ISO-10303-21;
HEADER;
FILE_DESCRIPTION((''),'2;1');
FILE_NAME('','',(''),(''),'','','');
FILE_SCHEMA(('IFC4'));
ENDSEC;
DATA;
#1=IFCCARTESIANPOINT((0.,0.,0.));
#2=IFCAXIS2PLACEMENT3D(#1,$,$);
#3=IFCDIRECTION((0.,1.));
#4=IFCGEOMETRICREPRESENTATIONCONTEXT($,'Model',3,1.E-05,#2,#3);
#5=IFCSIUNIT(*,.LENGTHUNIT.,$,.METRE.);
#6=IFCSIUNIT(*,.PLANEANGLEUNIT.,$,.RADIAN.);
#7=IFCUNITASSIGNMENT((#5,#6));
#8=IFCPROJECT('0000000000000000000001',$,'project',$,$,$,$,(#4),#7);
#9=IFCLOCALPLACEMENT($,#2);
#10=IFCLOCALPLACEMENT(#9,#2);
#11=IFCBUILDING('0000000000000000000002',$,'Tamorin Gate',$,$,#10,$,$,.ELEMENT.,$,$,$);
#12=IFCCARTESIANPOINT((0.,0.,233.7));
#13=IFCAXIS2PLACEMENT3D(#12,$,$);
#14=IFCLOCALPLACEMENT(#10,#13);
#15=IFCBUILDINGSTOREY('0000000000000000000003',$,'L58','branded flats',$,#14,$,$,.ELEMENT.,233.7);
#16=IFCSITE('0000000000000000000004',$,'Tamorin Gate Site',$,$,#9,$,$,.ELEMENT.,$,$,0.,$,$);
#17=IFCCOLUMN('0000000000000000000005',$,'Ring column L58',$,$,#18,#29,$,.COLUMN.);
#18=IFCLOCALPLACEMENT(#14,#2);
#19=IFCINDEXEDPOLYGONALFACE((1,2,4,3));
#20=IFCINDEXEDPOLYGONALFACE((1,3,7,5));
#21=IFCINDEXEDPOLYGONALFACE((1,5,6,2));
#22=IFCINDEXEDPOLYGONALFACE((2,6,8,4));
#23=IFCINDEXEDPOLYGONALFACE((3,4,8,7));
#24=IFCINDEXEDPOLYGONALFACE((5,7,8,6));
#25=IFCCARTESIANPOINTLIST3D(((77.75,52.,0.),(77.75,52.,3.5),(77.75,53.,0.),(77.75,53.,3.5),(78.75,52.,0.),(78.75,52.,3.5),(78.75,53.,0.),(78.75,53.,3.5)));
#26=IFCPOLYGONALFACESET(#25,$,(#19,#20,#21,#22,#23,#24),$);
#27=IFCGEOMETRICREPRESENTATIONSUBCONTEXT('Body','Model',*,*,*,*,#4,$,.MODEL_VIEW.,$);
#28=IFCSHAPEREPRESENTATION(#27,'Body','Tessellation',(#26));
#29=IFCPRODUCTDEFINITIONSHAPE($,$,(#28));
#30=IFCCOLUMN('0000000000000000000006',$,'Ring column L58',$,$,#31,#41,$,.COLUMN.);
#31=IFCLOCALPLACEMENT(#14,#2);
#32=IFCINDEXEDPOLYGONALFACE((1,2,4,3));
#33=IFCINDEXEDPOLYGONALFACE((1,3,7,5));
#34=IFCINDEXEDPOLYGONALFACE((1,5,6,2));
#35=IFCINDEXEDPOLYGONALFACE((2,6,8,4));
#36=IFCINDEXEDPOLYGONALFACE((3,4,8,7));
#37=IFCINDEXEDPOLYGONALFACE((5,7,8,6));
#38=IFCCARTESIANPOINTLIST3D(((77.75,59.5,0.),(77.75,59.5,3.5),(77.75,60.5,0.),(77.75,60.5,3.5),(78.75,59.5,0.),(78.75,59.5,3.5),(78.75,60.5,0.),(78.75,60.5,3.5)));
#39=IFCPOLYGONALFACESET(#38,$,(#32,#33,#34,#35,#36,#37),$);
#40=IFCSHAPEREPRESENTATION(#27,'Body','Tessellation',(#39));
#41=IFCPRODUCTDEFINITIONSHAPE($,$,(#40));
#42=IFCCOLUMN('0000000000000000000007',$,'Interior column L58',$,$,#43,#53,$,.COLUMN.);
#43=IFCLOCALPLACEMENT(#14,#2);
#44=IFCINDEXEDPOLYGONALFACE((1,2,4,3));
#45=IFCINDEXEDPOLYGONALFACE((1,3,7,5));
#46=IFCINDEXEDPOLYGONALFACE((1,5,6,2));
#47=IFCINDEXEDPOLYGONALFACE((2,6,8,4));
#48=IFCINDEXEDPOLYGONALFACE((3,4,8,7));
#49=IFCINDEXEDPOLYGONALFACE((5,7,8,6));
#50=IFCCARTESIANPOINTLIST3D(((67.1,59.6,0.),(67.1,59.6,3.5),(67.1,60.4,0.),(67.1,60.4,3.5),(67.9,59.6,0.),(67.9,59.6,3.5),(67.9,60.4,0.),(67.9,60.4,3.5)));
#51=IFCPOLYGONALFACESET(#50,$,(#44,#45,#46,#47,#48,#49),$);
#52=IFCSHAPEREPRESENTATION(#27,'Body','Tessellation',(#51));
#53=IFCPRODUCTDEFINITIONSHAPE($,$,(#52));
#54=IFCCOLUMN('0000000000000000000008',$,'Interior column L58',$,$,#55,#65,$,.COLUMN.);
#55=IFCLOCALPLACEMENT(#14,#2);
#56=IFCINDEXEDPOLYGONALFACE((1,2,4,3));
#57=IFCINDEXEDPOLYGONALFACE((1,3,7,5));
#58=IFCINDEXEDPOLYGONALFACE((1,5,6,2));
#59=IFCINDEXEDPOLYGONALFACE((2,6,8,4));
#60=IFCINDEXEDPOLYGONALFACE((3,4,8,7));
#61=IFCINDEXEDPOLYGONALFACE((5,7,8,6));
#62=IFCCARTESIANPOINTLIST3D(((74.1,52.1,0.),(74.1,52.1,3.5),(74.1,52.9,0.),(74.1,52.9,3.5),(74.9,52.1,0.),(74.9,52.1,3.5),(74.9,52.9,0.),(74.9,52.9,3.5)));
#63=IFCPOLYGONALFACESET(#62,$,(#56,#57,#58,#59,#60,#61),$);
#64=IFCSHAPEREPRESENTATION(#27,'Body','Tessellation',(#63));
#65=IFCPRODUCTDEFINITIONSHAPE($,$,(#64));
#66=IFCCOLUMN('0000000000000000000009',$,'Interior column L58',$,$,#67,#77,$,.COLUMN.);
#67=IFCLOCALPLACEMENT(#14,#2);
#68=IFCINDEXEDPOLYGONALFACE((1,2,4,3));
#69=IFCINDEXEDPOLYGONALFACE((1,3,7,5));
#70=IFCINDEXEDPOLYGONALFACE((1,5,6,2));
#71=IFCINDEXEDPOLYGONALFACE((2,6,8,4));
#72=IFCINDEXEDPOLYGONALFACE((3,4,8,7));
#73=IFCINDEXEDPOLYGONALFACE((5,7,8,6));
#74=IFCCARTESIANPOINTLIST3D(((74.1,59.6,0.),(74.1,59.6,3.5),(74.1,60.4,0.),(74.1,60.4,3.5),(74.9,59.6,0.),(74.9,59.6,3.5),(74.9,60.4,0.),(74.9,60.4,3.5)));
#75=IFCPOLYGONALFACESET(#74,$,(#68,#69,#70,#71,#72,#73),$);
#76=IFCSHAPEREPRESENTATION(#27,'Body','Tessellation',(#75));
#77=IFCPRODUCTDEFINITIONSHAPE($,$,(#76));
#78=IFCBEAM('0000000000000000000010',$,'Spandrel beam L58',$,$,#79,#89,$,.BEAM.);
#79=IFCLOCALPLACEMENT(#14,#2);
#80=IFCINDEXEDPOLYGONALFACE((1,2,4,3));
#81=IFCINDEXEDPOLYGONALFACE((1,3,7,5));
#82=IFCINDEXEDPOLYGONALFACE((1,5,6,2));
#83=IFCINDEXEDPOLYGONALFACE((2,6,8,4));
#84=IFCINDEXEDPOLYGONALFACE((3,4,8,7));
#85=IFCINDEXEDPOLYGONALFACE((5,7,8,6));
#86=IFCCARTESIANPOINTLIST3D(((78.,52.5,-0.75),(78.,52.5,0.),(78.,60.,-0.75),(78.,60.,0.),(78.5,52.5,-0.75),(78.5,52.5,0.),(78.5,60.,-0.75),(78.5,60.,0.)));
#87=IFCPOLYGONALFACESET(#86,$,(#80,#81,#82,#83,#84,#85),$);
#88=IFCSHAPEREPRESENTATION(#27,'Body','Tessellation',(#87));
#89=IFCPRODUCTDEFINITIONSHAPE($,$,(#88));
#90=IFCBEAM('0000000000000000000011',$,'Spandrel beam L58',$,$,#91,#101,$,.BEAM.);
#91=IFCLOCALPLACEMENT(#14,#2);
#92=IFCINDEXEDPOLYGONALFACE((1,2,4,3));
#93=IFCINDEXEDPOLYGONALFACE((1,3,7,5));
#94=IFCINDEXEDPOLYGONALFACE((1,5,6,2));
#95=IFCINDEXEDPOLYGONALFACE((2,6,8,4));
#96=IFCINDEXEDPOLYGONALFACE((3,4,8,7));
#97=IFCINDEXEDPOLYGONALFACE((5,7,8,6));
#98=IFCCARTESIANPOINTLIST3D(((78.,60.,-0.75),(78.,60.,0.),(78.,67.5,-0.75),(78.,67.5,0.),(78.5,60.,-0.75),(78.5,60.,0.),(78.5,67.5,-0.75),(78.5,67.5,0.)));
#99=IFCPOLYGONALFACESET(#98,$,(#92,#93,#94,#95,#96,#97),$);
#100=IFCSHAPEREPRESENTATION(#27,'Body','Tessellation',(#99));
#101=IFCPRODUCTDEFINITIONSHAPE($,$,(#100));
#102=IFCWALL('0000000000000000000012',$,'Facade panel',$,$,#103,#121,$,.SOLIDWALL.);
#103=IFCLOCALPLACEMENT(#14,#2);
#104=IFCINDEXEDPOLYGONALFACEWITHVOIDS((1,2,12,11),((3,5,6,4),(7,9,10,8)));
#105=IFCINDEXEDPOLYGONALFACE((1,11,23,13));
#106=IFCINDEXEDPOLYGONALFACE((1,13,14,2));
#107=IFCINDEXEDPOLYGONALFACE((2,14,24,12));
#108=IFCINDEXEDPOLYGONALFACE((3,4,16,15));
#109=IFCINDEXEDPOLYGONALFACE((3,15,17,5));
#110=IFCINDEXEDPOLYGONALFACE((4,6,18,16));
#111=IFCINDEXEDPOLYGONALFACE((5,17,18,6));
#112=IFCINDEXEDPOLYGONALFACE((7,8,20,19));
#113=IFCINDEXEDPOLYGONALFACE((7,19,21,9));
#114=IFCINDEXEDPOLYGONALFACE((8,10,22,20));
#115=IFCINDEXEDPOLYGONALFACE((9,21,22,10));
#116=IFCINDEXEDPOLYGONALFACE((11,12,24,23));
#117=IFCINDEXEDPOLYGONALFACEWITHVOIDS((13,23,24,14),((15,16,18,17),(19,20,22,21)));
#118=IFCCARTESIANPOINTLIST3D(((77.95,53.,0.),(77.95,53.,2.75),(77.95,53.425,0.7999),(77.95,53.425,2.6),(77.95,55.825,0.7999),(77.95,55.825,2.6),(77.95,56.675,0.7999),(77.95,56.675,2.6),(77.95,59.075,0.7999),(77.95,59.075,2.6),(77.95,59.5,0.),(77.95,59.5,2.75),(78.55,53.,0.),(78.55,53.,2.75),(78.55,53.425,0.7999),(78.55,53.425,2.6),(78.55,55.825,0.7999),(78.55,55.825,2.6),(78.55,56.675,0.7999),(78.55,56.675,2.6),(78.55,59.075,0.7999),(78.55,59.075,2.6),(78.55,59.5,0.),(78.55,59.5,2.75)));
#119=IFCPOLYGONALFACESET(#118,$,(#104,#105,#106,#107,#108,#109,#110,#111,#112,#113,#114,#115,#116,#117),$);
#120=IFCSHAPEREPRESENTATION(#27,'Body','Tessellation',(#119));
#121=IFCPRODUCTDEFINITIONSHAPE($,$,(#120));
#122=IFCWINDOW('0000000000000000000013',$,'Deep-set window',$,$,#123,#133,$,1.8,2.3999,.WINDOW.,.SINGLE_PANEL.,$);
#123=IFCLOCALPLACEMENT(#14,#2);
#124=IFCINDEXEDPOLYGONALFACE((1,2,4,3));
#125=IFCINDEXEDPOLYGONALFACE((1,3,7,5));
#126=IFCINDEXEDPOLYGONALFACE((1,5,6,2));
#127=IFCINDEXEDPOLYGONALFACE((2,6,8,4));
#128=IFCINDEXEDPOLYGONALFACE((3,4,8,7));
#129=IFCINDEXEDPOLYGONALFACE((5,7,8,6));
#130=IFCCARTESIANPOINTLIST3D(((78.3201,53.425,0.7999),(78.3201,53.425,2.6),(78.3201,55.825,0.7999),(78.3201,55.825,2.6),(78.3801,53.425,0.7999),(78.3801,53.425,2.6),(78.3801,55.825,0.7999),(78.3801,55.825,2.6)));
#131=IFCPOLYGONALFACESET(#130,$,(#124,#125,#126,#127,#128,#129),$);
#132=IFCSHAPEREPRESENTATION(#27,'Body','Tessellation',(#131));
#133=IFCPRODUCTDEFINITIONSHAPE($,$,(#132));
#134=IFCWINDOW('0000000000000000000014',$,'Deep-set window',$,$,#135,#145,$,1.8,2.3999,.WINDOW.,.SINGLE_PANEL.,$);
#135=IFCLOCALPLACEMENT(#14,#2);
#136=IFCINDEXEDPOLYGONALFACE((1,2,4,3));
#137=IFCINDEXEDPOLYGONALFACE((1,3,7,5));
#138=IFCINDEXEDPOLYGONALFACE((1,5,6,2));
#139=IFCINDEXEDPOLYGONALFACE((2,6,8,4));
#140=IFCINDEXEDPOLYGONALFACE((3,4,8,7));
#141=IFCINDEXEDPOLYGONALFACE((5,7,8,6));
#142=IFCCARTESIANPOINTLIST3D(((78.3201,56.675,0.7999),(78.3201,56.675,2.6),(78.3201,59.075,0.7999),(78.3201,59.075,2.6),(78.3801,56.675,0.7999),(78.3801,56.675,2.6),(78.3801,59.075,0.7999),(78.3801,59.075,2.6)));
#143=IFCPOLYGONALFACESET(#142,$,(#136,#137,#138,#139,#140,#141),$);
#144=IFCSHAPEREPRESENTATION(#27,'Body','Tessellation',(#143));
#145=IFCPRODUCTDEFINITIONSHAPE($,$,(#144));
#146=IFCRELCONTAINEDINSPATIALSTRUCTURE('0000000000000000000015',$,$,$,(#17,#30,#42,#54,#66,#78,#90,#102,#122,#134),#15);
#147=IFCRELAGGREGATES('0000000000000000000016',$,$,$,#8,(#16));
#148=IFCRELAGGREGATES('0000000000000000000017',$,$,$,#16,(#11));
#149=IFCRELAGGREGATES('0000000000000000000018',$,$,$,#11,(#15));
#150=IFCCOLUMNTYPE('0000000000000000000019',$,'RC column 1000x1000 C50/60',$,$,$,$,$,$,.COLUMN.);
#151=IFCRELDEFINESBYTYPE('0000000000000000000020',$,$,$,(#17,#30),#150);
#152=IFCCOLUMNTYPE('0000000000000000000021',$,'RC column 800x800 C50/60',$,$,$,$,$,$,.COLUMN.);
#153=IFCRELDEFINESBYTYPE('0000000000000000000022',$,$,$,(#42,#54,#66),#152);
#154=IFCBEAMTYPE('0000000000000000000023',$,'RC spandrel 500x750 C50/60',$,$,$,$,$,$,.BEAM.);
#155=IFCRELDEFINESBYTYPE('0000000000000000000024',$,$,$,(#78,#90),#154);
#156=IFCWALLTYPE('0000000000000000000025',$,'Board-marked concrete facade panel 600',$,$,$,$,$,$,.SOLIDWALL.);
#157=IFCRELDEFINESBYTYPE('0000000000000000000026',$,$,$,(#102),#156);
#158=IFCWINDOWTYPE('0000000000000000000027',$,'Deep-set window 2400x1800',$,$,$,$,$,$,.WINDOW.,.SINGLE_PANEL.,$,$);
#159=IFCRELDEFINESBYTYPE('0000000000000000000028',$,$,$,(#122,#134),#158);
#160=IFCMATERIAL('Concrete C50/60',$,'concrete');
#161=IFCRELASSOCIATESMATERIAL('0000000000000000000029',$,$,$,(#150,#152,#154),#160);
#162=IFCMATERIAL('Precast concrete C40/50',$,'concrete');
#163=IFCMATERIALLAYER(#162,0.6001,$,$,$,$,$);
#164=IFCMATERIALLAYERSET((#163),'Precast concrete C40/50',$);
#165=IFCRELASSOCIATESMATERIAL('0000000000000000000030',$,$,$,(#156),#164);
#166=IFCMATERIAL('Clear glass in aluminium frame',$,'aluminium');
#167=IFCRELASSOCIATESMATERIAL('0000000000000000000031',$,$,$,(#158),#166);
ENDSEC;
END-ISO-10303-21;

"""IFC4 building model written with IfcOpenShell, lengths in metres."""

from ifc_helpers import new_model, si_unit, direction, frame, frame_2d, origin, origin_2d, place, context, subcontext, project, spatial, rectangle, extrude, material, layer, layer_set, material_profile, profile_set, type_object, element, fill, save


model = new_model("IFC4")

# Units and contexts
model_context = context("Model", 3, precision=1e-05, world=origin(), true_north=direction((0.0, 1.0)))
body_context = subcontext(model_context, "Body", "Model", "MODEL_VIEW")
ifc_project = project(units=[si_unit("LENGTHUNIT", "METRE"), si_unit("PLANEANGLEUNIT", "RADIAN")], contexts=[model_context])

# Site, building, storey
site_placement = place(None, origin())
site = spatial("IfcSite", under=ifc_project, at=site_placement, Name="Tamorin Gate Site", CompositionType="ELEMENT", RefElevation=0.0)
building_placement = place(site_placement, origin())
building = spatial("IfcBuilding", under=site, at=building_placement, Name="Tamorin Gate", CompositionType="ELEMENT")
storey_placement = place(building_placement, frame((0.0, 0.0, 233.7)))
storey = spatial("IfcBuildingStorey", under=building, at=storey_placement, Name="L58", Description="branded flats", CompositionType="ELEMENT", Elevation=233.7)

# Columns
ifc_material_1 = material(Name="Concrete C50/60", Category="concrete")
ifc_material_profile_1 = material_profile(ifc_material_1, rectangle(XDim=1.0, YDim=1.0, at=origin_2d()), Name="RC 1000x1000")
ifc_profile_set_1 = profile_set([ifc_material_profile_1], Name="Concrete C50/60")
column_type_1 = type_object("IfcColumnType", Name="RC column 1000x1000 C50/60", PredefinedType="COLUMN", material=ifc_profile_set_1)
for number, where, z_axis, x_axis, name in (
    (1, (78.25, 52.5, 0.0), (0.0, 0.0, 1.0), (1.0, 0.0, 0.0), "Ring column L58"),
    (2, (78.25, 60.0, 0.0), (0.0, 0.0, 1.0), (1.0, 0.0, 0.0), "Ring column L58"),
):
    element("IfcColumn", number, at=place(storey_placement, frame(where, z_axis=z_axis, x_axis=x_axis)), inside=storey, type_object=column_type_1, Name=name, PredefinedType="COLUMN", context=body_context, shape_type="SweptSolid", body=[
        extrude(rectangle(XDim=1.0, YDim=1.0, at=origin_2d()), origin(), (0.0, 0.0, 1.0), 3.5),
    ])
ifc_material_profile_2 = material_profile(ifc_material_1, rectangle(XDim=0.8, YDim=0.8, at=origin_2d()), Name="RC 800x800")
ifc_profile_set_2 = profile_set([ifc_material_profile_2], Name="Concrete C50/60")
column_type_2 = type_object("IfcColumnType", Name="RC column 800x800 C50/60", PredefinedType="COLUMN", material=ifc_profile_set_2)
for number, where, z_axis, x_axis, name in (
    (3, (67.5, 60.0, 0.0), (0.0, 0.0, 1.0), (1.0, 0.0, 0.0), "Interior column L58"),
    (4, (74.5, 52.5, 0.0), (0.0, 0.0, 1.0), (1.0, 0.0, 0.0), "Interior column L58"),
    (5, (74.5, 60.0, 0.0), (0.0, 0.0, 1.0), (1.0, 0.0, 0.0), "Interior column L58"),
):
    element("IfcColumn", number, at=place(storey_placement, frame(where, z_axis=z_axis, x_axis=x_axis)), inside=storey, type_object=column_type_2, Name=name, PredefinedType="COLUMN", context=body_context, shape_type="SweptSolid", body=[
        extrude(rectangle(XDim=0.8, YDim=0.8, at=origin_2d()), origin(), (0.0, 0.0, 1.0), 3.5),
    ])

# Beams
ifc_material_profile_3 = material_profile(ifc_material_1, rectangle(XDim=0.5, YDim=0.75, at=origin_2d()), Name="RC 500x750")
ifc_profile_set_3 = profile_set([ifc_material_profile_3], Name="Concrete C50/60")
beam_type = type_object("IfcBeamType", Name="RC spandrel 500x750 C50/60", PredefinedType="BEAM", material=ifc_profile_set_3)
for number, where, z_axis, x_axis, name in (
    (6, (78.25, 52.5, -0.375), (0.0, 1.0, 0.0), (-1.0, 0.0, 0.0), "Spandrel beam L58"),
    (7, (78.25, 60.0, -0.375), (0.0, 1.0, 0.0), (-1.0, 0.0, 0.0), "Spandrel beam L58"),
):
    element("IfcBeam", number, at=place(storey_placement, frame(where, z_axis=z_axis, x_axis=x_axis)), inside=storey, type_object=beam_type, Name=name, PredefinedType="BEAM", context=body_context, shape_type="SweptSolid", body=[
        extrude(rectangle(XDim=0.5, YDim=0.75, at=origin_2d()), origin(), (0.0, 0.0, 1.0), 7.5),
    ])

# Wall, openings, windows
ifc_material_2 = material(Name="Precast concrete C40/50", Category="concrete")
ifc_layer_1 = layer(ifc_material_2, 0.6001)
ifc_layer_set_1 = layer_set([ifc_layer_1], Name="Precast concrete C40/50")
wall_type_1 = type_object("IfcWallType", Name="Board-marked concrete facade panel 600", PredefinedType="SOLIDWALL", material=ifc_layer_set_1)
wall_1_placement = place(storey_placement, frame((78.25, 53.0, 0.0), z_axis=(0.0, 0.0, 1.0), x_axis=(0.0, 1.0, 0.0)))
wall_1 = element("IfcWall", 8, at=wall_1_placement, inside=storey, type_object=wall_type_1, Name="Facade panel", PredefinedType="SOLIDWALL", context=body_context, shape_type="SweptSolid", body=[
    extrude(rectangle(XDim=6.5, YDim=0.6001, at=frame_2d((3.25, 0.0))), origin(), (0.0, 0.0, 1.0), 2.75),
])
opening_1_placement = place(wall_1_placement, frame((0.425, 0.0, 0.8)))
opening_1 = element("IfcOpeningElement", 9, at=opening_1_placement, cuts=wall_1, PredefinedType="OPENING", context=body_context, shape_type="SweptSolid", body=[
    extrude(rectangle(XDim=2.3999, YDim=1.8, at=frame_2d((1.2, 0.8999))), frame((0.0, 0.3101, 0.0), z_axis=(0.0, -1.0, 0.0), x_axis=(1.0, 0.0, 0.0)), (0.0, 0.0, 1.0), 0.6201),
])
opening_2_placement = place(wall_1_placement, frame((3.675, 0.0, 0.8)))
opening_2 = element("IfcOpeningElement", 10, at=opening_2_placement, cuts=wall_1, PredefinedType="OPENING", context=body_context, shape_type="SweptSolid", body=[
    extrude(rectangle(XDim=2.3999, YDim=1.8, at=frame_2d((1.2, 0.8999))), frame((0.0, 0.3101, 0.0), z_axis=(0.0, -1.0, 0.0), x_axis=(1.0, 0.0, 0.0)), (0.0, 0.0, 1.0), 0.6201),
])
ifc_material_3 = material(Name="Clear glass in aluminium frame", Category="aluminium")
window_type = type_object("IfcWindowType", Name="Deep-set window 2400x1800", PartitioningType="SINGLE_PANEL", PredefinedType="WINDOW", material=ifc_material_3)
window_1_placement = place(opening_1_placement, origin())
window_1 = element("IfcWindow", 11, at=window_1_placement, inside=storey, type_object=window_type, Name="Deep-set window", OverallHeight=1.8, OverallWidth=2.3999, PartitioningType="SINGLE_PANEL", PredefinedType="WINDOW", context=body_context, shape_type="SweptSolid", body=[
    extrude(rectangle(XDim=2.3999, YDim=1.8, at=frame_2d((1.2, 0.8999))), frame((0.0, -0.0701, 0.0), z_axis=(0.0, -1.0, 0.0), x_axis=(1.0, 0.0, 0.0)), (0.0, 0.0, 1.0), 0.0601),
])
fill(opening_1, window_1)
window_2_placement = place(opening_2_placement, origin())
window_2 = element("IfcWindow", 12, at=window_2_placement, inside=storey, type_object=window_type, Name="Deep-set window", OverallHeight=1.8, OverallWidth=2.3999, PartitioningType="SINGLE_PANEL", PredefinedType="WINDOW", context=body_context, shape_type="SweptSolid", body=[
    extrude(rectangle(XDim=2.3999, YDim=1.8, at=frame_2d((1.2, 0.8999))), frame((0.0, -0.0701, 0.0), z_axis=(0.0, -1.0, 0.0), x_axis=(1.0, 0.0, 0.0)), (0.0, 0.0, 1.0), 0.0601),
])
fill(opening_2, window_2)

save(model, "model.ifc")
